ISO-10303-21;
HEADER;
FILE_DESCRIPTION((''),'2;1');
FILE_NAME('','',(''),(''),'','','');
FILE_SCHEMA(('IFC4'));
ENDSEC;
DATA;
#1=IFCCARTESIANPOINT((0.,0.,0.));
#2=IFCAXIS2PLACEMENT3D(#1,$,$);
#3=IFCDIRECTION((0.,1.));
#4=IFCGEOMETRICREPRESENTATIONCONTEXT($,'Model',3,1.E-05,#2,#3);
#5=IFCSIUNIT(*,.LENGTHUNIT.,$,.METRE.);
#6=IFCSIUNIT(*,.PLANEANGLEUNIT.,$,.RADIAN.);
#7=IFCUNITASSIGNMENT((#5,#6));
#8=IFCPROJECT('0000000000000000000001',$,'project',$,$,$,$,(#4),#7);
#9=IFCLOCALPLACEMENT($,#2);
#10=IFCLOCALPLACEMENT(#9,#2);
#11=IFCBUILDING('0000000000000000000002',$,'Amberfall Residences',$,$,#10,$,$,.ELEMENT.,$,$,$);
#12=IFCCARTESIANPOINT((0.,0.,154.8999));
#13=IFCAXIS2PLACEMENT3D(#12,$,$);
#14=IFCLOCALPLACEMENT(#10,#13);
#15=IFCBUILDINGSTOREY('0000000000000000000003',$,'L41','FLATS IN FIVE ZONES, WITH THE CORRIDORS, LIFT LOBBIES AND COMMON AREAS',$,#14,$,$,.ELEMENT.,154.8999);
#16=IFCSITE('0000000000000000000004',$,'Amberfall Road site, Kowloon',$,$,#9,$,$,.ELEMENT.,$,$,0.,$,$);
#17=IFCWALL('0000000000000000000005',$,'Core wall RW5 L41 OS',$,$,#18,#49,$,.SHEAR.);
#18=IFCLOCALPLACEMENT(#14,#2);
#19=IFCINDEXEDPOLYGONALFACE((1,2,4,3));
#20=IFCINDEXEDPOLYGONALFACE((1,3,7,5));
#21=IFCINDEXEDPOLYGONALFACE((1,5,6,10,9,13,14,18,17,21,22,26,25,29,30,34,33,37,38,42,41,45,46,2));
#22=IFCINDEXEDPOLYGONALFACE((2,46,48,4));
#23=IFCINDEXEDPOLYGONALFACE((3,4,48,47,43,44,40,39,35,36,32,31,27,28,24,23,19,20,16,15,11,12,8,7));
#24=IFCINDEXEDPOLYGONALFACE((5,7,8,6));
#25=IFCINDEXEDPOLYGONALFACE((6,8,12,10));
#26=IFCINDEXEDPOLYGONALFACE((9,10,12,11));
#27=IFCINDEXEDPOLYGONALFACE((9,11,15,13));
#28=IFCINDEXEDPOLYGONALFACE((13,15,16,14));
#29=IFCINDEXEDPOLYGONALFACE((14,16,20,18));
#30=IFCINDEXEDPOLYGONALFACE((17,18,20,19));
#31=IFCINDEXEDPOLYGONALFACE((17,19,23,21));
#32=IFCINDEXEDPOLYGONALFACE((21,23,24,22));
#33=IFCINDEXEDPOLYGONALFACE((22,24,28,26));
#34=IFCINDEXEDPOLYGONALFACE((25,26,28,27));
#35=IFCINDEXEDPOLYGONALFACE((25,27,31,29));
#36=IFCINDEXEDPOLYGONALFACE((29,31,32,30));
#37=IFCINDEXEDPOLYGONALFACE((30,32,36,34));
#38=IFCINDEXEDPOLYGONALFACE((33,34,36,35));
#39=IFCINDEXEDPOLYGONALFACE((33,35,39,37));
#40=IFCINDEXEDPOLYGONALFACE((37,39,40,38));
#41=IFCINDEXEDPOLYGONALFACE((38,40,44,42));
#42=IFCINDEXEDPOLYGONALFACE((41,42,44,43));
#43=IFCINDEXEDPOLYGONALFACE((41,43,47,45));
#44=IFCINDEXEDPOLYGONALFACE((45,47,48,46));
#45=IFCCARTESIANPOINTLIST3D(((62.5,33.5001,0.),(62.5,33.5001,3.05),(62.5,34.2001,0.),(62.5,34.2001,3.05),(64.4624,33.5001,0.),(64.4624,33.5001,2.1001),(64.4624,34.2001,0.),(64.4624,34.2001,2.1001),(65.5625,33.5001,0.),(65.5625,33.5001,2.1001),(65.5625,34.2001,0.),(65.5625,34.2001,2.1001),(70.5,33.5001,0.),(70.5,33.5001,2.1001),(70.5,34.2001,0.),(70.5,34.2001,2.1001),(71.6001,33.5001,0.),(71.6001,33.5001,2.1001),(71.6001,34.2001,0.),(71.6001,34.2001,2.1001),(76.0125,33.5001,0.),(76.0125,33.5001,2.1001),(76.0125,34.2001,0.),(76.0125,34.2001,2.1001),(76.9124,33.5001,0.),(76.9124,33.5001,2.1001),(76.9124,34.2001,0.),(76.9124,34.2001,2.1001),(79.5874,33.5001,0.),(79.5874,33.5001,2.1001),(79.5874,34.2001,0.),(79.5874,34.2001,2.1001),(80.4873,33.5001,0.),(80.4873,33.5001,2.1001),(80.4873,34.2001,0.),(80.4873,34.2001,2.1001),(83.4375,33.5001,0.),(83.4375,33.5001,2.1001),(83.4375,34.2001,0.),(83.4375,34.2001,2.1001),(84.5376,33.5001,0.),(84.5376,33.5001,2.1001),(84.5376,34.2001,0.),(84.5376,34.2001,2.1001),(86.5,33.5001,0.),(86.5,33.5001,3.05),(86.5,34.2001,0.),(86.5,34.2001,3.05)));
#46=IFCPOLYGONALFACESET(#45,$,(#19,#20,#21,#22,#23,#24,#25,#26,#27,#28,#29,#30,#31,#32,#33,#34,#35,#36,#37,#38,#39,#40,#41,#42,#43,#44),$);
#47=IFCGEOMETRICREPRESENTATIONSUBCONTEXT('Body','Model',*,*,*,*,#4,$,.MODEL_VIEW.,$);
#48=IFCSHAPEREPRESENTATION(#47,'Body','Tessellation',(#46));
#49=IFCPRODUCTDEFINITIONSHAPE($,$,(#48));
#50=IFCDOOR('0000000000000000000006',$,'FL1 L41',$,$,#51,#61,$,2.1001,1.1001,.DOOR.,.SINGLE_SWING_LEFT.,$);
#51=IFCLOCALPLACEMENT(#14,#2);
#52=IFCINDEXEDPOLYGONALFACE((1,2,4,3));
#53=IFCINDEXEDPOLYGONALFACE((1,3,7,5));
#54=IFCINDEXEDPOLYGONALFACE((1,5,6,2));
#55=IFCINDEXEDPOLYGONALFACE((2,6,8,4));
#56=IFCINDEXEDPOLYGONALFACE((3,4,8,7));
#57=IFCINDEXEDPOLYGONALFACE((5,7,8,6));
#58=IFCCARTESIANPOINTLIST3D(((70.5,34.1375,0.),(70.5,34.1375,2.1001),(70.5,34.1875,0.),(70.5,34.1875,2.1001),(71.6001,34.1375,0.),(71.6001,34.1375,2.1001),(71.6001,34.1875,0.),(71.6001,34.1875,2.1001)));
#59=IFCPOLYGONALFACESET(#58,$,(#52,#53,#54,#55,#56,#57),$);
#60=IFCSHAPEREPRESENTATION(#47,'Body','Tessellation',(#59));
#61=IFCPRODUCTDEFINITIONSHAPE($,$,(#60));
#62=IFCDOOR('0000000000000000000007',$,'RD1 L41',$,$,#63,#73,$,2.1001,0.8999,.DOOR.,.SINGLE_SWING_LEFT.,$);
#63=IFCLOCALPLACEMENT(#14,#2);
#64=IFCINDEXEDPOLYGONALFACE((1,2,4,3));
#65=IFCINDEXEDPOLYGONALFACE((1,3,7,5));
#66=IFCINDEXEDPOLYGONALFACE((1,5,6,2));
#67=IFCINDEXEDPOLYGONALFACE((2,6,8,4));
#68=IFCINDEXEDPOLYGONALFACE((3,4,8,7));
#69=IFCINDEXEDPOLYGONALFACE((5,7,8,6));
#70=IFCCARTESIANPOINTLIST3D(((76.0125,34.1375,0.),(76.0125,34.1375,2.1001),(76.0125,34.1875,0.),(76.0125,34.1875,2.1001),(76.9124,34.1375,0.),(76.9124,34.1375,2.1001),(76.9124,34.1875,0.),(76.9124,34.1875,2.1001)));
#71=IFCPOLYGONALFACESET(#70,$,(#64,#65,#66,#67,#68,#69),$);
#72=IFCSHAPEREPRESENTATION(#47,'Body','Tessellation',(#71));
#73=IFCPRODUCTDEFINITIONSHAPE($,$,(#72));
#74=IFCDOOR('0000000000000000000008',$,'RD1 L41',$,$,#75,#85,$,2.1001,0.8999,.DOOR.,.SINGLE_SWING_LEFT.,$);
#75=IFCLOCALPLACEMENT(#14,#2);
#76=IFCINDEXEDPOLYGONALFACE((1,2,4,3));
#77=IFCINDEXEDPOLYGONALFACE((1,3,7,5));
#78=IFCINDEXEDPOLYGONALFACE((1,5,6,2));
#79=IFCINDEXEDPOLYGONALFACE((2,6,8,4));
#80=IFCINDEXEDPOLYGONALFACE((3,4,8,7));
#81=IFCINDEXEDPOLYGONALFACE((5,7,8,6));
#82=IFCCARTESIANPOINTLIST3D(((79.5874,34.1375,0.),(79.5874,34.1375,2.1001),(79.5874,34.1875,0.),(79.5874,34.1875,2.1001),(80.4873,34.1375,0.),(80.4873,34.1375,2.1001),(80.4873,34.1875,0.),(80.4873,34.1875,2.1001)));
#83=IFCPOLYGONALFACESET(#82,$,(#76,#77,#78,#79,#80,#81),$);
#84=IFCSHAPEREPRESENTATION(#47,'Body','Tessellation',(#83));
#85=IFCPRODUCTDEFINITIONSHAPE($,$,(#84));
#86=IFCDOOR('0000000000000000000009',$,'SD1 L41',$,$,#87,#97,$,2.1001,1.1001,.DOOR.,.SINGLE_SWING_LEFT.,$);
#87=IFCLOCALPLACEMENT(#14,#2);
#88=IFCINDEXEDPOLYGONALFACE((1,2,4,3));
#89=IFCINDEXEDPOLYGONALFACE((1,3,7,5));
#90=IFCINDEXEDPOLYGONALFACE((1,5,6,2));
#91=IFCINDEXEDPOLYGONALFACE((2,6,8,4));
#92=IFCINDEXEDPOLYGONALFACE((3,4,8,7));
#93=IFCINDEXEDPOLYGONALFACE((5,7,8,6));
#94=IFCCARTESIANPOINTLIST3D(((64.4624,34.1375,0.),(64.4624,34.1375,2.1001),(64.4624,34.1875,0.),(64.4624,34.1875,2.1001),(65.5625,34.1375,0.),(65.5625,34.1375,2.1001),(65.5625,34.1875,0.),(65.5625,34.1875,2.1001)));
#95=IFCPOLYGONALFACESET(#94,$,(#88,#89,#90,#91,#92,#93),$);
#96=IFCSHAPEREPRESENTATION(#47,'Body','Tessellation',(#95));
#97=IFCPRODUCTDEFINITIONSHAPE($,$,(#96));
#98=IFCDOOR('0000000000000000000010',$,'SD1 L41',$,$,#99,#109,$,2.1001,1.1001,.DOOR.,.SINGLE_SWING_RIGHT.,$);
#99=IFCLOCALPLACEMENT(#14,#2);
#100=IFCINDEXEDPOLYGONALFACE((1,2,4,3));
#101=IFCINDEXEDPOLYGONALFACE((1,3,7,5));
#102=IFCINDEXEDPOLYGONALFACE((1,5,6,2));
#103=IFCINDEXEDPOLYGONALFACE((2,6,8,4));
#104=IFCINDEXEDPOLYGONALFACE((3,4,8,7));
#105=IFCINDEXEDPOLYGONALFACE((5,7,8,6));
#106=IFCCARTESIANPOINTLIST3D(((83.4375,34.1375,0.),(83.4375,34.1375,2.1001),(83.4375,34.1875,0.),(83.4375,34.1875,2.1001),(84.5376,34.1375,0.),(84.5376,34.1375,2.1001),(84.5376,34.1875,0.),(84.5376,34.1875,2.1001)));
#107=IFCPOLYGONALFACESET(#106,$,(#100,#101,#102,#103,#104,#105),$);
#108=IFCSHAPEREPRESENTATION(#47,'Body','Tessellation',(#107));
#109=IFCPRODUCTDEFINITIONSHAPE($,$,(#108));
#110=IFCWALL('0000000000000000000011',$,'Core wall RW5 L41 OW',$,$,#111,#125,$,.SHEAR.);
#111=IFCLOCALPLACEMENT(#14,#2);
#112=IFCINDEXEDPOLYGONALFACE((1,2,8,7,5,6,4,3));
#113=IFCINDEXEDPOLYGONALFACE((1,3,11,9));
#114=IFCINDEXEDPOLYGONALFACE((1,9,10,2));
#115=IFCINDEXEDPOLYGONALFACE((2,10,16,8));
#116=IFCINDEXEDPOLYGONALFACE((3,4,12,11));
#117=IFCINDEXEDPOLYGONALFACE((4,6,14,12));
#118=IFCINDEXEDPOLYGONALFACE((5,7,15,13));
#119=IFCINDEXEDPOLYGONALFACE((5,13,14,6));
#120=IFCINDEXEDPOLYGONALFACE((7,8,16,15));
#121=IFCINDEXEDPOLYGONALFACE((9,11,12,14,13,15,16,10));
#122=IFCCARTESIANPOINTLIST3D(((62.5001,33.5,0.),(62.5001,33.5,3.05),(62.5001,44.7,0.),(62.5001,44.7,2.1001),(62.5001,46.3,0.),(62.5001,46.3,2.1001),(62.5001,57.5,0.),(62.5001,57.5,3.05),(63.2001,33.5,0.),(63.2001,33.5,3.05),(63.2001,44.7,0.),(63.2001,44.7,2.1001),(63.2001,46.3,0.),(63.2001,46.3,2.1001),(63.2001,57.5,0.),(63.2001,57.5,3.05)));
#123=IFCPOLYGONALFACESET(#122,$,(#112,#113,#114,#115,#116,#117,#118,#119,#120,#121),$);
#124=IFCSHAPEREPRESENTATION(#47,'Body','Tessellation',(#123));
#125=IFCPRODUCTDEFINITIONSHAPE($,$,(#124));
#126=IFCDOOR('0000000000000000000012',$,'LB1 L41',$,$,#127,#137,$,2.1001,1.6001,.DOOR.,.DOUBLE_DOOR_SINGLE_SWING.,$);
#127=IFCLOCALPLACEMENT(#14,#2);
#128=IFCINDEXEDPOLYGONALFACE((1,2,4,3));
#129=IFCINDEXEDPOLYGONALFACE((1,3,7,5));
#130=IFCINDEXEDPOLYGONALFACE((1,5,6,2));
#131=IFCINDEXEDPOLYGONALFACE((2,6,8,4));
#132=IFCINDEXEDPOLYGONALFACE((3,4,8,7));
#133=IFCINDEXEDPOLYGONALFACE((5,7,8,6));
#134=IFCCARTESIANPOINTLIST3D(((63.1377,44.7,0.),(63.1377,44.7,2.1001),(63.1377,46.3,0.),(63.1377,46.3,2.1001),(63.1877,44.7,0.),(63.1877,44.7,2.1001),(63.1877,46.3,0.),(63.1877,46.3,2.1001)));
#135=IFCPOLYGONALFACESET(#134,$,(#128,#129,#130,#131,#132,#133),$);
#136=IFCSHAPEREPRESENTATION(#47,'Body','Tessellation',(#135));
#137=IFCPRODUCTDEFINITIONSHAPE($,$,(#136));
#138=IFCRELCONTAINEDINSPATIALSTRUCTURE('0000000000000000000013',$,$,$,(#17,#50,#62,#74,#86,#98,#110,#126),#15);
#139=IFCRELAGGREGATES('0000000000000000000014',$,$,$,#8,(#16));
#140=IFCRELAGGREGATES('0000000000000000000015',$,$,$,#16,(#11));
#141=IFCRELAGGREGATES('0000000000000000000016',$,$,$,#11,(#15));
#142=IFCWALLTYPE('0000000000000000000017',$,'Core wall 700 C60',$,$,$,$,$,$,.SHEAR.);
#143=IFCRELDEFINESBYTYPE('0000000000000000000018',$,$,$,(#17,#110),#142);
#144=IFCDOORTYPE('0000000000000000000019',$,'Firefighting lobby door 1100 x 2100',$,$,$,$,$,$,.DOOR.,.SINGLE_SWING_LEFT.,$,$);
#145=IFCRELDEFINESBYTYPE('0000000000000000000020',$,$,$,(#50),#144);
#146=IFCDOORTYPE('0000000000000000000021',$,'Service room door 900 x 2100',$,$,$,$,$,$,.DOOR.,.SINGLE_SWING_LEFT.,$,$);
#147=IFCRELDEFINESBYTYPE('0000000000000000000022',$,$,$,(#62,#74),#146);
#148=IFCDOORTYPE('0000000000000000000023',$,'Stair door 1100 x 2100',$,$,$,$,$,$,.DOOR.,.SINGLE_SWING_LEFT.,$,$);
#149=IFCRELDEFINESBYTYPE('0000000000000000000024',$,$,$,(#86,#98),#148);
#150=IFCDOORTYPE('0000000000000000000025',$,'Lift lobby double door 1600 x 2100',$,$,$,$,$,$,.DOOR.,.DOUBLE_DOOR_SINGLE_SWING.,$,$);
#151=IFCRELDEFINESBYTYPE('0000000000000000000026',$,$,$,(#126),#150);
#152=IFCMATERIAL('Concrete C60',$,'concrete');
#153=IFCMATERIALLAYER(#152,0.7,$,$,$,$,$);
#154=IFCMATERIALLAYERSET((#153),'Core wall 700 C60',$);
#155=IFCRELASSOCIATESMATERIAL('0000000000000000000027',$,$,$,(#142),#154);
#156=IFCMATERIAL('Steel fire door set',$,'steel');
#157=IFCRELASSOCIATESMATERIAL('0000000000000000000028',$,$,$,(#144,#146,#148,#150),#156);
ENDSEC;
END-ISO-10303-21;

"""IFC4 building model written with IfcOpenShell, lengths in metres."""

from ifc_helpers import new_model, si_unit, direction, frame, frame_2d, origin, place, context, subcontext, project, spatial, rectangle, extrude, material, layer, layer_set, type_object, element, fill, save


model = new_model("IFC4")

# Units and contexts
model_context = context("Model", 3, precision=1e-05, world=origin(), true_north=direction((0.0, 1.0)))
body_context = subcontext(model_context, "Body", "Model", "MODEL_VIEW")
ifc_project = project(units=[si_unit("LENGTHUNIT", "METRE"), si_unit("PLANEANGLEUNIT", "RADIAN")], contexts=[model_context])

# Site, building, storey
site_placement = place(None, origin())
site = spatial("IfcSite", under=ifc_project, at=site_placement, Name="Amberfall Road site, Kowloon", CompositionType="ELEMENT", RefElevation=0.0)
building_placement = place(site_placement, origin())
building = spatial("IfcBuilding", under=site, at=building_placement, Name="Amberfall Residences", CompositionType="ELEMENT")
storey_placement = place(building_placement, frame((0.0, 0.0, 154.8999)))
storey = spatial("IfcBuildingStorey", under=building, at=storey_placement, Name="L41", Description="FLATS IN FIVE ZONES, WITH THE CORRIDORS, LIFT LOBBIES AND COMMON AREAS", CompositionType="ELEMENT", Elevation=154.8999)

# Wall, openings, doors
ifc_material_1 = material(Name="Concrete C60", Category="concrete")
ifc_layer_1 = layer(ifc_material_1, 0.7)
ifc_layer_set_1 = layer_set([ifc_layer_1], Name="Core wall 700 C60")
wall_type_1 = type_object("IfcWallType", Name="Core wall 700 C60", PredefinedType="SHEAR", material=ifc_layer_set_1)
wall_1_placement = place(storey_placement, frame((62.5, 33.8501, 0.0), z_axis=(0.0, 0.0, 1.0), x_axis=(1.0, 0.0, 0.0)))
wall_1 = element("IfcWall", 1, at=wall_1_placement, inside=storey, type_object=wall_type_1, Name="Core wall RW5 L41 OS", PredefinedType="SHEAR", context=body_context, shape_type="SweptSolid", body=[
    extrude(rectangle(XDim=24.0, YDim=0.7, at=frame_2d((12.0, 0.0))), origin(), (0.0, 0.0, 1.0), 3.05),
])
opening_1_placement = place(wall_1_placement, frame((1.9624, 0.0, 0.0)))
opening_1 = element("IfcOpeningElement", 2, at=opening_1_placement, cuts=wall_1, PredefinedType="OPENING", context=body_context, shape_type="SweptSolid", body=[
    extrude(rectangle(XDim=1.1001, YDim=2.1001, at=frame_2d((0.55, 1.05))), frame((0.0, 0.3599, 0.0), z_axis=(0.0, -1.0, 0.0), x_axis=(1.0, 0.0, 0.0)), (0.0, 0.0, 1.0), 0.72),
])
opening_2_placement = place(wall_1_placement, frame((20.9375, 0.0, 0.0)))
opening_2 = element("IfcOpeningElement", 3, at=opening_2_placement, cuts=wall_1, PredefinedType="OPENING", context=body_context, shape_type="SweptSolid", body=[
    extrude(rectangle(XDim=1.1001, YDim=2.1001, at=frame_2d((0.55, 1.05))), frame((0.0, 0.3599, 0.0), z_axis=(0.0, -1.0, 0.0), x_axis=(1.0, 0.0, 0.0)), (0.0, 0.0, 1.0), 0.72),
])
opening_3_placement = place(wall_1_placement, frame((8.0, 0.0, 0.0)))
opening_3 = element("IfcOpeningElement", 4, at=opening_3_placement, cuts=wall_1, PredefinedType="OPENING", context=body_context, shape_type="SweptSolid", body=[
    extrude(rectangle(XDim=1.1001, YDim=2.1001, at=frame_2d((0.55, 1.05))), frame((0.0, 0.3599, 0.0), z_axis=(0.0, -1.0, 0.0), x_axis=(1.0, 0.0, 0.0)), (0.0, 0.0, 1.0), 0.72),
])
opening_4_placement = place(wall_1_placement, frame((13.5125, 0.0, 0.0)))
opening_4 = element("IfcOpeningElement", 5, at=opening_4_placement, cuts=wall_1, PredefinedType="OPENING", context=body_context, shape_type="SweptSolid", body=[
    extrude(rectangle(XDim=0.8999, YDim=2.1001, at=frame_2d((0.45, 1.05))), frame((0.0, 0.3599, 0.0), z_axis=(0.0, -1.0, 0.0), x_axis=(1.0, 0.0, 0.0)), (0.0, 0.0, 1.0), 0.72),
])
opening_5_placement = place(wall_1_placement, frame((17.0874, 0.0, 0.0)))
opening_5 = element("IfcOpeningElement", 6, at=opening_5_placement, cuts=wall_1, PredefinedType="OPENING", context=body_context, shape_type="SweptSolid", body=[
    extrude(rectangle(XDim=0.8999, YDim=2.1001, at=frame_2d((0.45, 1.05))), frame((0.0, 0.3599, 0.0), z_axis=(0.0, -1.0, 0.0), x_axis=(1.0, 0.0, 0.0)), (0.0, 0.0, 1.0), 0.72),
])
ifc_material_2 = material(Name="Steel fire door set", Category="steel")
door_type_1 = type_object("IfcDoorType", Name="Firefighting lobby door 1100 x 2100", OperationType="SINGLE_SWING_LEFT", PredefinedType="DOOR", material=ifc_material_2)
door_1_placement = place(opening_3_placement, origin())
door_1 = element("IfcDoor", 7, at=door_1_placement, inside=storey, type_object=door_type_1, Name="FL1 L41", OperationType="SINGLE_SWING_LEFT", OverallHeight=2.1001, OverallWidth=1.1001, PredefinedType="DOOR", context=body_context, shape_type="SweptSolid", body=[
    extrude(rectangle(XDim=1.1001, YDim=2.1001, at=frame_2d((0.55, 1.05))), frame((0.0, 0.3374, 0.0), z_axis=(0.0, -1.0, 0.0), x_axis=(1.0, 0.0, 0.0)), (0.0, 0.0, 1.0), 0.05),
])
fill(opening_3, door_1)
door_type_2 = type_object("IfcDoorType", Name="Service room door 900 x 2100", OperationType="SINGLE_SWING_LEFT", PredefinedType="DOOR", material=ifc_material_2)
door_2_placement = place(opening_4_placement, origin())
door_2 = element("IfcDoor", 8, at=door_2_placement, inside=storey, type_object=door_type_2, Name="RD1 L41", OperationType="SINGLE_SWING_LEFT", OverallHeight=2.1001, OverallWidth=0.8999, PredefinedType="DOOR", context=body_context, shape_type="SweptSolid", body=[
    extrude(rectangle(XDim=0.8999, YDim=2.1001, at=frame_2d((0.45, 1.05))), frame((0.0, 0.3374, 0.0), z_axis=(0.0, -1.0, 0.0), x_axis=(1.0, 0.0, 0.0)), (0.0, 0.0, 1.0), 0.05),
])
fill(opening_4, door_2)
door_3_placement = place(opening_5_placement, origin())
door_3 = element("IfcDoor", 9, at=door_3_placement, inside=storey, type_object=door_type_2, Name="RD1 L41", OperationType="SINGLE_SWING_LEFT", OverallHeight=2.1001, OverallWidth=0.8999, PredefinedType="DOOR", context=body_context, shape_type="SweptSolid", body=[
    extrude(rectangle(XDim=0.8999, YDim=2.1001, at=frame_2d((0.45, 1.05))), frame((0.0, 0.3374, 0.0), z_axis=(0.0, -1.0, 0.0), x_axis=(1.0, 0.0, 0.0)), (0.0, 0.0, 1.0), 0.05),
])
fill(opening_5, door_3)
door_type_3 = type_object("IfcDoorType", Name="Stair door 1100 x 2100", OperationType="SINGLE_SWING_LEFT", PredefinedType="DOOR", material=ifc_material_2)
door_4_placement = place(opening_1_placement, origin())
door_4 = element("IfcDoor", 10, at=door_4_placement, inside=storey, type_object=door_type_3, Name="SD1 L41", OperationType="SINGLE_SWING_LEFT", OverallHeight=2.1001, OverallWidth=1.1001, PredefinedType="DOOR", context=body_context, shape_type="SweptSolid", body=[
    extrude(rectangle(XDim=1.1001, YDim=2.1001, at=frame_2d((0.55, 1.05))), frame((0.0, 0.3374, 0.0), z_axis=(0.0, -1.0, 0.0), x_axis=(1.0, 0.0, 0.0)), (0.0, 0.0, 1.0), 0.05),
])
fill(opening_1, door_4)
door_5_placement = place(opening_2_placement, origin())
door_5 = element("IfcDoor", 11, at=door_5_placement, inside=storey, type_object=door_type_3, Name="SD1 L41", OperationType="SINGLE_SWING_RIGHT", OverallHeight=2.1001, OverallWidth=1.1001, PredefinedType="DOOR", context=body_context, shape_type="SweptSolid", body=[
    extrude(rectangle(XDim=1.1001, YDim=2.1001, at=frame_2d((0.55, 1.05))), frame((0.0, 0.3374, 0.0), z_axis=(0.0, -1.0, 0.0), x_axis=(1.0, 0.0, 0.0)), (0.0, 0.0, 1.0), 0.05),
])
fill(opening_2, door_5)

# Wall, opening, door
wall_2_placement = place(storey_placement, frame((62.8501, 33.5, 0.0), z_axis=(0.0, 0.0, 1.0), x_axis=(0.0, 1.0, 0.0)))
wall_2 = element("IfcWall", 12, at=wall_2_placement, inside=storey, type_object=wall_type_1, Name="Core wall RW5 L41 OW", PredefinedType="SHEAR", context=body_context, shape_type="SweptSolid", body=[
    extrude(rectangle(XDim=24.0, YDim=0.7, at=frame_2d((12.0, 0.0))), origin(), (0.0, 0.0, 1.0), 3.05),
])
opening_6_placement = place(wall_2_placement, frame((11.2, 0.0, 0.0)))
opening_6 = element("IfcOpeningElement", 13, at=opening_6_placement, cuts=wall_2, PredefinedType="OPENING", context=body_context, shape_type="SweptSolid", body=[
    extrude(rectangle(XDim=1.6001, YDim=2.1001, at=frame_2d((0.8, 1.05))), frame((0.0, 0.3599, 0.0), z_axis=(0.0, -1.0, 0.0), x_axis=(1.0, 0.0, 0.0)), (0.0, 0.0, 1.0), 0.72),
])
door_type_4 = type_object("IfcDoorType", Name="Lift lobby double door 1600 x 2100", OperationType="DOUBLE_DOOR_SINGLE_SWING", PredefinedType="DOOR", material=ifc_material_2)
door_6_placement = place(opening_6_placement, origin())
door_6 = element("IfcDoor", 14, at=door_6_placement, inside=storey, type_object=door_type_4, Name="LB1 L41", OperationType="DOUBLE_DOOR_SINGLE_SWING", OverallHeight=2.1001, OverallWidth=1.6001, PredefinedType="DOOR", context=body_context, shape_type="SweptSolid", body=[
    extrude(rectangle(XDim=1.6001, YDim=2.1001, at=frame_2d((0.8, 1.05))), frame((0.0, -0.2876, 0.0), z_axis=(0.0, -1.0, 0.0), x_axis=(1.0, 0.0, 0.0)), (0.0, 0.0, 1.0), 0.05),
])
fill(opening_6, door_6)

save(model, "model.ifc")
